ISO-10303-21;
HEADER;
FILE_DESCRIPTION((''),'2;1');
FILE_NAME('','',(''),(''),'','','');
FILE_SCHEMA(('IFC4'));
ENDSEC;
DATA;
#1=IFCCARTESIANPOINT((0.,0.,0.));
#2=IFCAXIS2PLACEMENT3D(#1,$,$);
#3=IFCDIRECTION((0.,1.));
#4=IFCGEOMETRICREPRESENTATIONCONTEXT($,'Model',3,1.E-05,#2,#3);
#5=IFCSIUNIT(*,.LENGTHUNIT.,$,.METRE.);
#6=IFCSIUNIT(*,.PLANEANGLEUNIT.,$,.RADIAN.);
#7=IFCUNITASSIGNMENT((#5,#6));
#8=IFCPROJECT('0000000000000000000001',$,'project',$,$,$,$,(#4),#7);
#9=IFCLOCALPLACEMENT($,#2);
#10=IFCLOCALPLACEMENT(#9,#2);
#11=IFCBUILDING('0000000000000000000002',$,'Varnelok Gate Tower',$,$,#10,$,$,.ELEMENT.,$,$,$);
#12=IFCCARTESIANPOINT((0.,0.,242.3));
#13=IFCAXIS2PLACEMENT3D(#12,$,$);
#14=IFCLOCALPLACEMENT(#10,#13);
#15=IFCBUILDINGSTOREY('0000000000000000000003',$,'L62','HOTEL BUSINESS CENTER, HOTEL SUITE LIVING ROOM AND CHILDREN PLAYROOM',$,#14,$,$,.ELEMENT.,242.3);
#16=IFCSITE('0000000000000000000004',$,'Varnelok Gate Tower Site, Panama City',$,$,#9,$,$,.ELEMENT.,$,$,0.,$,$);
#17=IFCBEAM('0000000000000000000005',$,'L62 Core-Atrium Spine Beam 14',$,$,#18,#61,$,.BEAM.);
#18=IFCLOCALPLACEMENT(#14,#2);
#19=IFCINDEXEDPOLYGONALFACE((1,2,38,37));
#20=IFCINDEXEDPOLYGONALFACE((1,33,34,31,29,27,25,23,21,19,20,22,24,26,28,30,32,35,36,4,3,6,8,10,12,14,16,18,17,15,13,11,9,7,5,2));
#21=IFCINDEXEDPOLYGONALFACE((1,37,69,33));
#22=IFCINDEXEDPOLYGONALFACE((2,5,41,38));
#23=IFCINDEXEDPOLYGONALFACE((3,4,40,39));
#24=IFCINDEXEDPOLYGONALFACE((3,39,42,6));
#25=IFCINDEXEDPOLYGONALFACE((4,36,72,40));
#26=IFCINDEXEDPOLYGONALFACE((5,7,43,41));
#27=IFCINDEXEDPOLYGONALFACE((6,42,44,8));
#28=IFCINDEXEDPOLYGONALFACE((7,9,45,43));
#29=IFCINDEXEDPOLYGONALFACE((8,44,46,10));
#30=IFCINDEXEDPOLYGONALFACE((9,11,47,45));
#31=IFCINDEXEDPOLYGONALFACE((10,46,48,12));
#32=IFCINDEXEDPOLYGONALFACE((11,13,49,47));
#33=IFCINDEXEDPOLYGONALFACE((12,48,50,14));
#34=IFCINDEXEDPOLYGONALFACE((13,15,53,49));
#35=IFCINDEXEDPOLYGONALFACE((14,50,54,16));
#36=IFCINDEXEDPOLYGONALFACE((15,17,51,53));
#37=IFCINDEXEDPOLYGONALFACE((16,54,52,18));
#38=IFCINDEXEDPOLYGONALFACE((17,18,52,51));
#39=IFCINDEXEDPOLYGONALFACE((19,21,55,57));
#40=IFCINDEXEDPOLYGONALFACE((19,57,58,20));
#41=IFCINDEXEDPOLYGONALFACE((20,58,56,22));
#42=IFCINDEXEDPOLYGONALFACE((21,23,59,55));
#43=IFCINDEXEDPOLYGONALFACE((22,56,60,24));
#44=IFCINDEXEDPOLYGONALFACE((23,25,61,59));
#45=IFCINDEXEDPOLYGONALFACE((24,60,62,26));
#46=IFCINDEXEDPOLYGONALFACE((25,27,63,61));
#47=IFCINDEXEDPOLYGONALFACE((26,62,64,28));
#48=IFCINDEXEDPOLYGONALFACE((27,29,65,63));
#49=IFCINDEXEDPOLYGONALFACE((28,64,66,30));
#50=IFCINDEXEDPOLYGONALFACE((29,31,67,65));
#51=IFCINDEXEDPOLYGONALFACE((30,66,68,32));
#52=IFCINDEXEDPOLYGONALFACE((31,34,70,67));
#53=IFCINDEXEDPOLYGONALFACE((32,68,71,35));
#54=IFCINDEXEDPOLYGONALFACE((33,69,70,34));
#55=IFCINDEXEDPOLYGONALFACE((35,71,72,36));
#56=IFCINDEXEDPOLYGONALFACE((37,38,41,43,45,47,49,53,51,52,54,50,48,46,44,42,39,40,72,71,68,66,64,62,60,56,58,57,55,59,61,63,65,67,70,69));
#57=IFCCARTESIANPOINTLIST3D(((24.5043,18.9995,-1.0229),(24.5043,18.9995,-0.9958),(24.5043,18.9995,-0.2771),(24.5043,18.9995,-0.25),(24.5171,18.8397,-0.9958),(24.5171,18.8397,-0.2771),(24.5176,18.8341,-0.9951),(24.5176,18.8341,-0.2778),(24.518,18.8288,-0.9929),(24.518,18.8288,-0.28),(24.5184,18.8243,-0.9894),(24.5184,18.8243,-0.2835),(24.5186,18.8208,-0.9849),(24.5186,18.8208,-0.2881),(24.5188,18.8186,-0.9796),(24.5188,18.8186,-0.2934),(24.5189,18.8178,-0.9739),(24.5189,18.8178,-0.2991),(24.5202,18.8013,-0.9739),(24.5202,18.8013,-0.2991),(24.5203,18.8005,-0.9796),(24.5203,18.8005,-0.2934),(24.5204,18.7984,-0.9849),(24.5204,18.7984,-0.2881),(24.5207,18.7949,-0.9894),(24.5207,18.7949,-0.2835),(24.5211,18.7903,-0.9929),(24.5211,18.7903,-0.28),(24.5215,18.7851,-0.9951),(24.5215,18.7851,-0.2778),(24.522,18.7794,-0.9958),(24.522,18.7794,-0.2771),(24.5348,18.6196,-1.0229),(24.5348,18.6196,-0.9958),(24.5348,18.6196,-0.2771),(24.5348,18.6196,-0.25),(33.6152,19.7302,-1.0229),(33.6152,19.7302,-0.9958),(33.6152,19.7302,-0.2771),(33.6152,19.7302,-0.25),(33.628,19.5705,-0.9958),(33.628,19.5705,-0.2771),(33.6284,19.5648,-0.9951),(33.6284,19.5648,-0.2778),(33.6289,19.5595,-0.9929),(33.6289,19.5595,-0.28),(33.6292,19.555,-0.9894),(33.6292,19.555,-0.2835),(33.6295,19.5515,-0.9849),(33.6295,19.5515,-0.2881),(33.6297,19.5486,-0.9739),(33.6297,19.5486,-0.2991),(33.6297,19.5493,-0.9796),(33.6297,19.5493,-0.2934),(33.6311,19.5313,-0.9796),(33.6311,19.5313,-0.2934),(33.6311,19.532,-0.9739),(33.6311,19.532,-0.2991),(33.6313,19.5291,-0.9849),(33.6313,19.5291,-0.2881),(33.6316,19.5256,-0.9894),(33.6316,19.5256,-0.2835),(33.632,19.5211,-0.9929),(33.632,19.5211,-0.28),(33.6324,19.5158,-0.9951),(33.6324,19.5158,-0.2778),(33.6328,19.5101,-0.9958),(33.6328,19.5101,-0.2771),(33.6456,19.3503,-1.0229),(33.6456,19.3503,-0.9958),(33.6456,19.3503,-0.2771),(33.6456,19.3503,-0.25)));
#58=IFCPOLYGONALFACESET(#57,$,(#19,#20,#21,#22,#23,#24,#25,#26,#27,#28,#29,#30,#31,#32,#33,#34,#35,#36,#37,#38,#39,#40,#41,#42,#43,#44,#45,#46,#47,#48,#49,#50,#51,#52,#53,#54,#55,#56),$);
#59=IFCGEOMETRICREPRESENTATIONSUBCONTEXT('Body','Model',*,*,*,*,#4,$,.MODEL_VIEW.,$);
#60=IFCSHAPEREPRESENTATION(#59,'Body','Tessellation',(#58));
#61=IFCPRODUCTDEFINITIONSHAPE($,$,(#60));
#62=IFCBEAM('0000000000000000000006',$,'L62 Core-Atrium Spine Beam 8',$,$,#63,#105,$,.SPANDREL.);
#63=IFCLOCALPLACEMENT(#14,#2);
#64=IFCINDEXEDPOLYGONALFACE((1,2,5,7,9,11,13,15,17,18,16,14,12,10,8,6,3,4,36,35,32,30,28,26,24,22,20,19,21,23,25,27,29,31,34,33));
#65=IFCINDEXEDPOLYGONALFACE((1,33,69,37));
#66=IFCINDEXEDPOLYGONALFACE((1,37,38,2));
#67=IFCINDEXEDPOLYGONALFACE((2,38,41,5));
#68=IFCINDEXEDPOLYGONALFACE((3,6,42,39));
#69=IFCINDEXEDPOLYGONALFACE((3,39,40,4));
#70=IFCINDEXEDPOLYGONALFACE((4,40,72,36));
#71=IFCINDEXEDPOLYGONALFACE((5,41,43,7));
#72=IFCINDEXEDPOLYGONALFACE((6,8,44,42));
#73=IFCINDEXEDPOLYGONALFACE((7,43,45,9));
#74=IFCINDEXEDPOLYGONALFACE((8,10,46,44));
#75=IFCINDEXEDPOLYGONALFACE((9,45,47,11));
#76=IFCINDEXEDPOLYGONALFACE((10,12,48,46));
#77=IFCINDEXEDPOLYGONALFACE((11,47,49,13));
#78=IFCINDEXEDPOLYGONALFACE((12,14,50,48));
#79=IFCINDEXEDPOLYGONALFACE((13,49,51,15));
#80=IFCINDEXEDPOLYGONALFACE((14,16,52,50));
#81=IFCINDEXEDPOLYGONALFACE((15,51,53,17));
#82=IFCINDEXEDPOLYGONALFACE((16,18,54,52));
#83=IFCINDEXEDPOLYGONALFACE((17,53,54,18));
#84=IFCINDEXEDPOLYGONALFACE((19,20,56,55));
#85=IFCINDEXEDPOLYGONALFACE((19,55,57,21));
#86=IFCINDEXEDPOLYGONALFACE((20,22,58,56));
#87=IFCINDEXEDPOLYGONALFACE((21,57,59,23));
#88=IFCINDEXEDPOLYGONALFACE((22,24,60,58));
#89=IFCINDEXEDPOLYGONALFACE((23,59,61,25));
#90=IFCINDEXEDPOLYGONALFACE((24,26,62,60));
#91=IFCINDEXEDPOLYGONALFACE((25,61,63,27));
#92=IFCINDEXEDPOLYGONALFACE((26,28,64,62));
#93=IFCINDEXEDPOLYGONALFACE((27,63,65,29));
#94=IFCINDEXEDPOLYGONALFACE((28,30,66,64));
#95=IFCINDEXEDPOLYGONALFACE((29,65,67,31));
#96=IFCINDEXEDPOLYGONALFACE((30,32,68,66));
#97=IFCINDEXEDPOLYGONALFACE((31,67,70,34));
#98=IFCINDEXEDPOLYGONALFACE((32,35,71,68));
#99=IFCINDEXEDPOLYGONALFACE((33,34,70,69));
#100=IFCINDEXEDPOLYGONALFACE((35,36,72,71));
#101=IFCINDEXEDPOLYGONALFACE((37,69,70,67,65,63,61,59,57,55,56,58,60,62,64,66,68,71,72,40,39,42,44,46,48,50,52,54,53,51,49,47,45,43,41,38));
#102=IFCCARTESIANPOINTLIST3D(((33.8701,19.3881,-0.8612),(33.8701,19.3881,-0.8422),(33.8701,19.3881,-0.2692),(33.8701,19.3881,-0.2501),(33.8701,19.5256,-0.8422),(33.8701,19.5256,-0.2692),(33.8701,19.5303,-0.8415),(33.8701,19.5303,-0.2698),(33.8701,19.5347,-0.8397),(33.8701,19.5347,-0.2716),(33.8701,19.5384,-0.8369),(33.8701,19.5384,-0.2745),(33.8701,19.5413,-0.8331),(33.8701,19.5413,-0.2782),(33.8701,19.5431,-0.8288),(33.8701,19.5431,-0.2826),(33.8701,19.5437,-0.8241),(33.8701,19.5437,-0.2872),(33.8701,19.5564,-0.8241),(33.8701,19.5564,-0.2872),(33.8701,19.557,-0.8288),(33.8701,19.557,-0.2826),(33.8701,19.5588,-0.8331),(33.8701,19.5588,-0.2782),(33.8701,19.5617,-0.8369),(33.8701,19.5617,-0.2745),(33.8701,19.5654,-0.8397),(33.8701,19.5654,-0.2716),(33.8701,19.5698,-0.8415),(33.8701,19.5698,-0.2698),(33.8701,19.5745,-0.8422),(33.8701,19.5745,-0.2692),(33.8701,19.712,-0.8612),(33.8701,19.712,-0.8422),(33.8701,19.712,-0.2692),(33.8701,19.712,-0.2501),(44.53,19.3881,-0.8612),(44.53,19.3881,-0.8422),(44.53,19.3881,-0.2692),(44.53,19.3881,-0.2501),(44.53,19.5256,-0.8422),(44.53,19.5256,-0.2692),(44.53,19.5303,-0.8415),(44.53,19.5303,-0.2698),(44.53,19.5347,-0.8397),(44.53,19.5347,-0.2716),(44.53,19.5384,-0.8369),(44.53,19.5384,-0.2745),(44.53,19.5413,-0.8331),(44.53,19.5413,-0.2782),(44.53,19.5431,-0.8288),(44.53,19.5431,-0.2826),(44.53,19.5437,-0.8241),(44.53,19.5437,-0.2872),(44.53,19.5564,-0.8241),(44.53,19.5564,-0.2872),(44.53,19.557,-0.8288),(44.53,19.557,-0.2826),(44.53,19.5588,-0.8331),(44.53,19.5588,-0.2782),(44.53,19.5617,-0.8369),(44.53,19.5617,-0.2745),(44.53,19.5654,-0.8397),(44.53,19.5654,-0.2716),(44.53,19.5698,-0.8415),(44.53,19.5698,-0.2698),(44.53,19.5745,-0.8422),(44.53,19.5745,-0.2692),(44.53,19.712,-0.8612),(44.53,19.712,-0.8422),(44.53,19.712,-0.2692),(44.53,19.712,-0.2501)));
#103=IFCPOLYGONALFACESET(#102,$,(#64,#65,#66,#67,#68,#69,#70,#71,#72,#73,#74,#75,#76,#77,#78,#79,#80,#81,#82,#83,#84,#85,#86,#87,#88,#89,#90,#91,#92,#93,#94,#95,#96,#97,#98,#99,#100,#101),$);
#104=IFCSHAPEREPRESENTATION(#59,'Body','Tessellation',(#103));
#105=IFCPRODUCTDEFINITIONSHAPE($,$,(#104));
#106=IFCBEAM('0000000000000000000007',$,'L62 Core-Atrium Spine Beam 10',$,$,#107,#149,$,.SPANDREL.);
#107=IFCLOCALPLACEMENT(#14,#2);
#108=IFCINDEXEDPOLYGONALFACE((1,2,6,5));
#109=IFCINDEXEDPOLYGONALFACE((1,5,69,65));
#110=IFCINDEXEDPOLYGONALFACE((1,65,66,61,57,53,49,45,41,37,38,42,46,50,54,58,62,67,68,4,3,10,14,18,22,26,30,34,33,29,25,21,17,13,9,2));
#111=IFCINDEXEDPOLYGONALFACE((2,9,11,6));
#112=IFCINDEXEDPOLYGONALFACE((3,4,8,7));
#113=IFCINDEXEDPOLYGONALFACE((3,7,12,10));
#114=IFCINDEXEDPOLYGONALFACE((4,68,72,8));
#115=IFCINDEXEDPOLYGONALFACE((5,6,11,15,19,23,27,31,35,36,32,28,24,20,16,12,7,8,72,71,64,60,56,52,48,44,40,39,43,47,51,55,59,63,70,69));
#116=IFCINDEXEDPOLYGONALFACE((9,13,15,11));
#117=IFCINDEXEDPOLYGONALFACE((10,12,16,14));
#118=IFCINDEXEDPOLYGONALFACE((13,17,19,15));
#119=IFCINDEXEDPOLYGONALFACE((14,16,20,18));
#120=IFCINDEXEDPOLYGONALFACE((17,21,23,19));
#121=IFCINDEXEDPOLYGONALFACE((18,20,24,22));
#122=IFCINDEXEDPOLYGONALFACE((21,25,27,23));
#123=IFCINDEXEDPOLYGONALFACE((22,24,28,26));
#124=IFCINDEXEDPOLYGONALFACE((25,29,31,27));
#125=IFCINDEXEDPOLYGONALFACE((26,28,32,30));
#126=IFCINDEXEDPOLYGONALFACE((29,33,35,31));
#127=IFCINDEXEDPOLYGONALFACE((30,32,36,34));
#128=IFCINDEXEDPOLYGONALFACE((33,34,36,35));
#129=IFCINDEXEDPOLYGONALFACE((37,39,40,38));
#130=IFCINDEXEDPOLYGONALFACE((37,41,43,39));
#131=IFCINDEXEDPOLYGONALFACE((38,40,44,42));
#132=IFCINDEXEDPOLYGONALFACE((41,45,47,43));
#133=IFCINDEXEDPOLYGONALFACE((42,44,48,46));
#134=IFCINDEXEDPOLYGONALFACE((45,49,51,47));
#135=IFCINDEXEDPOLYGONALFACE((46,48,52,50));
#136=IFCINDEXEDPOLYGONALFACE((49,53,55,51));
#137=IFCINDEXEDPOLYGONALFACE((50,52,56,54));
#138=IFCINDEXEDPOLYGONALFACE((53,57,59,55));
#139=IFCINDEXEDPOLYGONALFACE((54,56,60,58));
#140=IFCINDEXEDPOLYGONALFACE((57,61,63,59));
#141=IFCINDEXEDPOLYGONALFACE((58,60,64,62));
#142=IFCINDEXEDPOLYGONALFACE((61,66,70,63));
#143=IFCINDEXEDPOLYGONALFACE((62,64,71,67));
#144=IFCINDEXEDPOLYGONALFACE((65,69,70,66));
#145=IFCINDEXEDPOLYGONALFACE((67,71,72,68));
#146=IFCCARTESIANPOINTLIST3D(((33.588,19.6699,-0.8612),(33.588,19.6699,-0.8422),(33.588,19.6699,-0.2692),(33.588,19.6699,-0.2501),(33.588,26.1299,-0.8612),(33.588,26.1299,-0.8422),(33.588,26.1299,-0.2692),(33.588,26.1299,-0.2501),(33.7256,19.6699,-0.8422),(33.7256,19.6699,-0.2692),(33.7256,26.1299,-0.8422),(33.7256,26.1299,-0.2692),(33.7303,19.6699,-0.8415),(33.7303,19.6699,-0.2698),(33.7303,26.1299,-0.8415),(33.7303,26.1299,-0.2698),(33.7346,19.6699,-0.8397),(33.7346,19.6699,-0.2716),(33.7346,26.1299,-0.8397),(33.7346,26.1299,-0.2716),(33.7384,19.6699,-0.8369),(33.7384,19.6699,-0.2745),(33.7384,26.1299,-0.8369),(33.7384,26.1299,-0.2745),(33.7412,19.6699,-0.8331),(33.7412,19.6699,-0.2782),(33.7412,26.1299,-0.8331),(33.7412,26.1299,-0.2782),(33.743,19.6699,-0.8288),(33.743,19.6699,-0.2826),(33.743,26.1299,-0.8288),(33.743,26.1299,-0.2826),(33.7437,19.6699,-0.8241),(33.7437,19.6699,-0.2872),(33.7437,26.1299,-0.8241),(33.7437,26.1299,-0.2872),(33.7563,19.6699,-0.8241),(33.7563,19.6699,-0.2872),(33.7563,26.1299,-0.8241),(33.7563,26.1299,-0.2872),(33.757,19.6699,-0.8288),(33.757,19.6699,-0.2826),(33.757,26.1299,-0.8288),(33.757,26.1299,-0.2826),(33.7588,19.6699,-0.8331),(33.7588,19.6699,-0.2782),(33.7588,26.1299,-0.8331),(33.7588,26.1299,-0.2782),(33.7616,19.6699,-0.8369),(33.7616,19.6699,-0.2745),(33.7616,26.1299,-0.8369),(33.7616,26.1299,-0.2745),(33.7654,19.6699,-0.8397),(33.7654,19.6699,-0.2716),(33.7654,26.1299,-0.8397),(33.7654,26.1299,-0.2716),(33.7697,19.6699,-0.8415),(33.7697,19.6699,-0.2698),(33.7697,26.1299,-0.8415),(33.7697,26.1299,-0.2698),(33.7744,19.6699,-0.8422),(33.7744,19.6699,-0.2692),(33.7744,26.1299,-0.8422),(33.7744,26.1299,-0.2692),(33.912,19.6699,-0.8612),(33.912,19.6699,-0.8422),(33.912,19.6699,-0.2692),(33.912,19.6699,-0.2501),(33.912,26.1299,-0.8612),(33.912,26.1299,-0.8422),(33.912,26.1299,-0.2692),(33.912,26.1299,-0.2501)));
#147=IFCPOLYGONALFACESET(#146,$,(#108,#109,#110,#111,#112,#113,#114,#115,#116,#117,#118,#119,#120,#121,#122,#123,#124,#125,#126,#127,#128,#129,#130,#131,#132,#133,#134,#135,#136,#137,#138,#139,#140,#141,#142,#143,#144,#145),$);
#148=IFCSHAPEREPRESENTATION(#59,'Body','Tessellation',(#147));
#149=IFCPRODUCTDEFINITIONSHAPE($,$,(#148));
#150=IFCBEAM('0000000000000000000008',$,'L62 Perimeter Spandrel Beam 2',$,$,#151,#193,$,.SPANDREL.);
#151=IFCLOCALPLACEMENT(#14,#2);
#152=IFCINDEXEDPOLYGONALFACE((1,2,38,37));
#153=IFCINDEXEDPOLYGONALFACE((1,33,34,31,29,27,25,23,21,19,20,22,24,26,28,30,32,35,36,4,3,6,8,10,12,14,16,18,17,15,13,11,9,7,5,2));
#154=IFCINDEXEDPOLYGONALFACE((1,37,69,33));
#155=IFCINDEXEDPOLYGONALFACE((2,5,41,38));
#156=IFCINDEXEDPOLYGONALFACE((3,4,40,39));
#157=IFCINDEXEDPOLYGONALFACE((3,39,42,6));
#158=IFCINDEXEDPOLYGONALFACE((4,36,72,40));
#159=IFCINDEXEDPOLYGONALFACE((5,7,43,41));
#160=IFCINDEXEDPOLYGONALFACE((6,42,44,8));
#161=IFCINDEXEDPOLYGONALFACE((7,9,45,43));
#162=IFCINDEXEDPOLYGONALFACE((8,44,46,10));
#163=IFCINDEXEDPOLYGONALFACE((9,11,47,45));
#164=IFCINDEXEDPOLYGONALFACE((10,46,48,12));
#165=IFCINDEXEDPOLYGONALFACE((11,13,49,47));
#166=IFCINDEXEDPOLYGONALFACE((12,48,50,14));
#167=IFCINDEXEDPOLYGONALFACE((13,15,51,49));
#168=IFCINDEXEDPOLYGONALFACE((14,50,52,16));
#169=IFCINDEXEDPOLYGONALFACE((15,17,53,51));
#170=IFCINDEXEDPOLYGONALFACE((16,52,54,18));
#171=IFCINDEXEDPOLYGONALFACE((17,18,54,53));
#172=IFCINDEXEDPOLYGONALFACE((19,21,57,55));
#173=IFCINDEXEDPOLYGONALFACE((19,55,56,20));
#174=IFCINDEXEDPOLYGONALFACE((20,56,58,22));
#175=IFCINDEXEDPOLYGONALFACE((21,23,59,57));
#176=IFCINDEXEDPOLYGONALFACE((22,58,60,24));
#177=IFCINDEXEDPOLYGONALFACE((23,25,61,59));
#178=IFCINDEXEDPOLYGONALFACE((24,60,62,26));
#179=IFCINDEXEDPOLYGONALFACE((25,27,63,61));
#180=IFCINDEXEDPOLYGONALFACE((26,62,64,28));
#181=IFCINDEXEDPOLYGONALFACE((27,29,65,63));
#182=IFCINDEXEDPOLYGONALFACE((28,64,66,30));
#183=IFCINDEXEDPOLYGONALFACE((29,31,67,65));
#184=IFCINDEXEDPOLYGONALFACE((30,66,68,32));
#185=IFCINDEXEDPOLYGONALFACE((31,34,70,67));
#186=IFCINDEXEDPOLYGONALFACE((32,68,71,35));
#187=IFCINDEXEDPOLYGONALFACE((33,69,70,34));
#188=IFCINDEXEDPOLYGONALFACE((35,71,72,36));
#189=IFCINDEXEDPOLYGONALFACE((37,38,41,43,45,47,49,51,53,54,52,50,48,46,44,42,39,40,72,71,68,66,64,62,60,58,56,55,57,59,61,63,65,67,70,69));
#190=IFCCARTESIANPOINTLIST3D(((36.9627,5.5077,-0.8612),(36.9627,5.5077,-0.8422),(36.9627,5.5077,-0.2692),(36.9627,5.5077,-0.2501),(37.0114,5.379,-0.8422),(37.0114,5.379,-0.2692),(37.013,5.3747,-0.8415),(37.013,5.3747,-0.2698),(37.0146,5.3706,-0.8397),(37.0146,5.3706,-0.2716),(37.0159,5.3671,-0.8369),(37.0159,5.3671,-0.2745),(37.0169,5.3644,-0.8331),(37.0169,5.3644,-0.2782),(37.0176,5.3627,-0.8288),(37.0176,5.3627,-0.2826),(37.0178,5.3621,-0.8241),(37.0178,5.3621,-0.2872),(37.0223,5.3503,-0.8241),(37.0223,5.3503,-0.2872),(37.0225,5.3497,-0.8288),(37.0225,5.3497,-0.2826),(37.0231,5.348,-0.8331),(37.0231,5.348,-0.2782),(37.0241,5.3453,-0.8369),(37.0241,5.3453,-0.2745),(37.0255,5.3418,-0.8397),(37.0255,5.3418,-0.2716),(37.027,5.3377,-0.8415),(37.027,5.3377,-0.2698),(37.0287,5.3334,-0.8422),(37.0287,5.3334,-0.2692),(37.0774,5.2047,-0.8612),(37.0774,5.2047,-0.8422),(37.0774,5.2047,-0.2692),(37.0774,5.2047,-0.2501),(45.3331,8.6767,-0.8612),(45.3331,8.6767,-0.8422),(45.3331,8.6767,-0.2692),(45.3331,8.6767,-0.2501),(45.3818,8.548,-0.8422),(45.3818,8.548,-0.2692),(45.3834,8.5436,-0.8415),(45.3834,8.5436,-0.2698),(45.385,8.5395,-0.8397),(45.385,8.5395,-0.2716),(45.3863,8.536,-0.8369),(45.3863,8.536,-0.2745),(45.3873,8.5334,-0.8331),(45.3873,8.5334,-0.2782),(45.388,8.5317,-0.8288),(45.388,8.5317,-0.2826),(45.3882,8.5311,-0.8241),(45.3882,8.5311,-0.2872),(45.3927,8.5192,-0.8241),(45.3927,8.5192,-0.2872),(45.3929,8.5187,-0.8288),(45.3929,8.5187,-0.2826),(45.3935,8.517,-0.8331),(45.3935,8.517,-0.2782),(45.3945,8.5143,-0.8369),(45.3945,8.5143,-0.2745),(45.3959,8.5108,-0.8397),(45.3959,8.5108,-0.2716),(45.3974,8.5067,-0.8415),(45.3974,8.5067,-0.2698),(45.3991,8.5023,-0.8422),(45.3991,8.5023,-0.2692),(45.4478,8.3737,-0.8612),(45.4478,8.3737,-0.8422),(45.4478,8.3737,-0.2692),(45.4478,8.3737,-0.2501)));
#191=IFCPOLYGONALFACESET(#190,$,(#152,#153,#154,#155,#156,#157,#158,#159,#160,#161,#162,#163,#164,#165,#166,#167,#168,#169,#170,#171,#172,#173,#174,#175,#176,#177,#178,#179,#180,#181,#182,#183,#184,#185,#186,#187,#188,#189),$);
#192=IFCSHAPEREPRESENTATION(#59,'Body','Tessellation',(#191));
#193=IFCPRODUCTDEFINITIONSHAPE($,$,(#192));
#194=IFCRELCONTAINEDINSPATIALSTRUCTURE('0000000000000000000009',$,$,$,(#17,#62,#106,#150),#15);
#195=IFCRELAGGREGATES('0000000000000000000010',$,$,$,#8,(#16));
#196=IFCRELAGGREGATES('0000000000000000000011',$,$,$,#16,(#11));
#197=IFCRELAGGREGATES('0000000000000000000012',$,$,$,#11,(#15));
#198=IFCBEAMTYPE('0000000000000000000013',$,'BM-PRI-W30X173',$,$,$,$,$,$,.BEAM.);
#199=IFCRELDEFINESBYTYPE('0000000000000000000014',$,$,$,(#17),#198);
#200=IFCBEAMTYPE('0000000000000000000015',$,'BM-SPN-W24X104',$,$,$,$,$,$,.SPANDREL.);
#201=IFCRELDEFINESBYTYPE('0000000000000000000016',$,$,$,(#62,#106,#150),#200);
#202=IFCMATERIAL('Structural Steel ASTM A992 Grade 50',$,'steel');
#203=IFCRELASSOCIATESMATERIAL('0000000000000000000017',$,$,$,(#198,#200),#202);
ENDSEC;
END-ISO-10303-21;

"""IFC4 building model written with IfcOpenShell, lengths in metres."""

from ifc_helpers import new_model, si_unit, direction, frame, origin, origin_2d, place, context, subcontext, project, spatial, i_section, extrude, material, material_profile, profile_set, type_object, element, save


model = new_model("IFC4")

# Units and contexts
model_context = context("Model", 3, precision=1e-05, world=origin(), true_north=direction((0.0, 1.0)))
body_context = subcontext(model_context, "Body", "Model", "MODEL_VIEW")
ifc_project = project(units=[si_unit("LENGTHUNIT", "METRE"), si_unit("PLANEANGLEUNIT", "RADIAN")], contexts=[model_context])

# Site, building, storey
site_placement = place(None, origin())
site = spatial("IfcSite", under=ifc_project, at=site_placement, Name="Varnelok Gate Tower Site, Panama City", CompositionType="ELEMENT", RefElevation=0.0)
building_placement = place(site_placement, origin())
building = spatial("IfcBuilding", under=site, at=building_placement, Name="Varnelok Gate Tower", CompositionType="ELEMENT")
storey_placement = place(building_placement, frame((0.0, 0.0, 242.3)))
storey = spatial("IfcBuildingStorey", under=building, at=storey_placement, Name="L62", Description="HOTEL BUSINESS CENTER, HOTEL SUITE LIVING ROOM AND CHILDREN PLAYROOM", CompositionType="ELEMENT", Elevation=242.3)

# Shared definitions
ifc_material_1 = material(Name="Structural Steel ASTM A992 Grade 50", Category="steel")

# Beams
ifc_material_profile_1 = material_profile(ifc_material_1, i_section(OverallWidth=0.3811, OverallDepth=0.7729, WebThickness=0.0166, FlangeThickness=0.0271, FilletRadius=0.022, at=origin_2d()), Name="W30X173")
ifc_profile_set_1 = profile_set([ifc_material_profile_1], Name="Structural Steel ASTM A992 Grade 50")
beam_type_1 = type_object("IfcBeamType", Name="BM-PRI-W30X173", PredefinedType="BEAM", material=ifc_profile_set_1)
beam_1_placement = place(storey_placement, frame((24.5195, 18.8096, -0.6365), z_axis=(0.996799, 0.079946, 0.0), x_axis=(-0.079946, 0.996799, 0.0)))
element("IfcBeam", 1, at=beam_1_placement, inside=storey, type_object=beam_type_1, Name="L62 Core-Atrium Spine Beam 14", PredefinedType="BEAM", context=body_context, shape_type="SweptSolid", body=[
    extrude(i_section(OverallWidth=0.3811, OverallDepth=0.7729, WebThickness=0.0166, FlangeThickness=0.0271, FilletRadius=0.022, at=origin_2d()), origin(), (0.0, 0.0, 1.0), 9.1401),
])
ifc_material_profile_2 = material_profile(ifc_material_1, i_section(OverallWidth=0.324, OverallDepth=0.6111, WebThickness=0.0127, FlangeThickness=0.019, FilletRadius=0.0181, at=origin_2d()), Name="W24X104")
ifc_profile_set_2 = profile_set([ifc_material_profile_2], Name="Structural Steel ASTM A992 Grade 50")
beam_type_2 = type_object("IfcBeamType", Name="BM-SPN-W24X104", PredefinedType="SPANDREL", material=ifc_profile_set_2)
beam_2_placement = place(storey_placement, frame((33.8701, 19.55, -0.5557), z_axis=(1.0, 0.0, 0.0), x_axis=(0.0, 1.0, 0.0)))
element("IfcBeam", 2, at=beam_2_placement, inside=storey, type_object=beam_type_2, Name="L62 Core-Atrium Spine Beam 8", PredefinedType="SPANDREL", context=body_context, shape_type="SweptSolid", body=[
    extrude(i_section(OverallWidth=0.324, OverallDepth=0.6111, WebThickness=0.0127, FlangeThickness=0.019, FilletRadius=0.0181, at=origin_2d()), origin(), (0.0, 0.0, 1.0), 10.6599),
])
beam_3_placement = place(storey_placement, frame((33.75, 19.6699, -0.5557), z_axis=(0.0, 1.0, 0.0), x_axis=(-1.0, 0.0, 0.0)))
element("IfcBeam", 3, at=beam_3_placement, inside=storey, type_object=beam_type_2, Name="L62 Core-Atrium Spine Beam 10", PredefinedType="SPANDREL", context=body_context, shape_type="SweptSolid", body=[
    extrude(i_section(OverallWidth=0.324, OverallDepth=0.6111, WebThickness=0.0127, FlangeThickness=0.019, FilletRadius=0.0181, at=origin_2d()), origin(), (0.0, 0.0, 1.0), 6.46),
])
beam_4_placement = place(storey_placement, frame((37.02, 5.3562, -0.5557), z_axis=(0.93522, 0.354066, 0.0), x_axis=(-0.354066, 0.93522, 0.0)))
element("IfcBeam", 4, at=beam_4_placement, inside=storey, type_object=beam_type_2, Name="L62 Perimeter Spandrel Beam 2", PredefinedType="SPANDREL", context=body_context, shape_type="SweptSolid", body=[
    extrude(i_section(OverallWidth=0.324, OverallDepth=0.6111, WebThickness=0.0127, FlangeThickness=0.019, FilletRadius=0.0181, at=origin_2d()), origin(), (0.0, 0.0, 1.0), 8.9502),
])

save(model, "model.ifc")
